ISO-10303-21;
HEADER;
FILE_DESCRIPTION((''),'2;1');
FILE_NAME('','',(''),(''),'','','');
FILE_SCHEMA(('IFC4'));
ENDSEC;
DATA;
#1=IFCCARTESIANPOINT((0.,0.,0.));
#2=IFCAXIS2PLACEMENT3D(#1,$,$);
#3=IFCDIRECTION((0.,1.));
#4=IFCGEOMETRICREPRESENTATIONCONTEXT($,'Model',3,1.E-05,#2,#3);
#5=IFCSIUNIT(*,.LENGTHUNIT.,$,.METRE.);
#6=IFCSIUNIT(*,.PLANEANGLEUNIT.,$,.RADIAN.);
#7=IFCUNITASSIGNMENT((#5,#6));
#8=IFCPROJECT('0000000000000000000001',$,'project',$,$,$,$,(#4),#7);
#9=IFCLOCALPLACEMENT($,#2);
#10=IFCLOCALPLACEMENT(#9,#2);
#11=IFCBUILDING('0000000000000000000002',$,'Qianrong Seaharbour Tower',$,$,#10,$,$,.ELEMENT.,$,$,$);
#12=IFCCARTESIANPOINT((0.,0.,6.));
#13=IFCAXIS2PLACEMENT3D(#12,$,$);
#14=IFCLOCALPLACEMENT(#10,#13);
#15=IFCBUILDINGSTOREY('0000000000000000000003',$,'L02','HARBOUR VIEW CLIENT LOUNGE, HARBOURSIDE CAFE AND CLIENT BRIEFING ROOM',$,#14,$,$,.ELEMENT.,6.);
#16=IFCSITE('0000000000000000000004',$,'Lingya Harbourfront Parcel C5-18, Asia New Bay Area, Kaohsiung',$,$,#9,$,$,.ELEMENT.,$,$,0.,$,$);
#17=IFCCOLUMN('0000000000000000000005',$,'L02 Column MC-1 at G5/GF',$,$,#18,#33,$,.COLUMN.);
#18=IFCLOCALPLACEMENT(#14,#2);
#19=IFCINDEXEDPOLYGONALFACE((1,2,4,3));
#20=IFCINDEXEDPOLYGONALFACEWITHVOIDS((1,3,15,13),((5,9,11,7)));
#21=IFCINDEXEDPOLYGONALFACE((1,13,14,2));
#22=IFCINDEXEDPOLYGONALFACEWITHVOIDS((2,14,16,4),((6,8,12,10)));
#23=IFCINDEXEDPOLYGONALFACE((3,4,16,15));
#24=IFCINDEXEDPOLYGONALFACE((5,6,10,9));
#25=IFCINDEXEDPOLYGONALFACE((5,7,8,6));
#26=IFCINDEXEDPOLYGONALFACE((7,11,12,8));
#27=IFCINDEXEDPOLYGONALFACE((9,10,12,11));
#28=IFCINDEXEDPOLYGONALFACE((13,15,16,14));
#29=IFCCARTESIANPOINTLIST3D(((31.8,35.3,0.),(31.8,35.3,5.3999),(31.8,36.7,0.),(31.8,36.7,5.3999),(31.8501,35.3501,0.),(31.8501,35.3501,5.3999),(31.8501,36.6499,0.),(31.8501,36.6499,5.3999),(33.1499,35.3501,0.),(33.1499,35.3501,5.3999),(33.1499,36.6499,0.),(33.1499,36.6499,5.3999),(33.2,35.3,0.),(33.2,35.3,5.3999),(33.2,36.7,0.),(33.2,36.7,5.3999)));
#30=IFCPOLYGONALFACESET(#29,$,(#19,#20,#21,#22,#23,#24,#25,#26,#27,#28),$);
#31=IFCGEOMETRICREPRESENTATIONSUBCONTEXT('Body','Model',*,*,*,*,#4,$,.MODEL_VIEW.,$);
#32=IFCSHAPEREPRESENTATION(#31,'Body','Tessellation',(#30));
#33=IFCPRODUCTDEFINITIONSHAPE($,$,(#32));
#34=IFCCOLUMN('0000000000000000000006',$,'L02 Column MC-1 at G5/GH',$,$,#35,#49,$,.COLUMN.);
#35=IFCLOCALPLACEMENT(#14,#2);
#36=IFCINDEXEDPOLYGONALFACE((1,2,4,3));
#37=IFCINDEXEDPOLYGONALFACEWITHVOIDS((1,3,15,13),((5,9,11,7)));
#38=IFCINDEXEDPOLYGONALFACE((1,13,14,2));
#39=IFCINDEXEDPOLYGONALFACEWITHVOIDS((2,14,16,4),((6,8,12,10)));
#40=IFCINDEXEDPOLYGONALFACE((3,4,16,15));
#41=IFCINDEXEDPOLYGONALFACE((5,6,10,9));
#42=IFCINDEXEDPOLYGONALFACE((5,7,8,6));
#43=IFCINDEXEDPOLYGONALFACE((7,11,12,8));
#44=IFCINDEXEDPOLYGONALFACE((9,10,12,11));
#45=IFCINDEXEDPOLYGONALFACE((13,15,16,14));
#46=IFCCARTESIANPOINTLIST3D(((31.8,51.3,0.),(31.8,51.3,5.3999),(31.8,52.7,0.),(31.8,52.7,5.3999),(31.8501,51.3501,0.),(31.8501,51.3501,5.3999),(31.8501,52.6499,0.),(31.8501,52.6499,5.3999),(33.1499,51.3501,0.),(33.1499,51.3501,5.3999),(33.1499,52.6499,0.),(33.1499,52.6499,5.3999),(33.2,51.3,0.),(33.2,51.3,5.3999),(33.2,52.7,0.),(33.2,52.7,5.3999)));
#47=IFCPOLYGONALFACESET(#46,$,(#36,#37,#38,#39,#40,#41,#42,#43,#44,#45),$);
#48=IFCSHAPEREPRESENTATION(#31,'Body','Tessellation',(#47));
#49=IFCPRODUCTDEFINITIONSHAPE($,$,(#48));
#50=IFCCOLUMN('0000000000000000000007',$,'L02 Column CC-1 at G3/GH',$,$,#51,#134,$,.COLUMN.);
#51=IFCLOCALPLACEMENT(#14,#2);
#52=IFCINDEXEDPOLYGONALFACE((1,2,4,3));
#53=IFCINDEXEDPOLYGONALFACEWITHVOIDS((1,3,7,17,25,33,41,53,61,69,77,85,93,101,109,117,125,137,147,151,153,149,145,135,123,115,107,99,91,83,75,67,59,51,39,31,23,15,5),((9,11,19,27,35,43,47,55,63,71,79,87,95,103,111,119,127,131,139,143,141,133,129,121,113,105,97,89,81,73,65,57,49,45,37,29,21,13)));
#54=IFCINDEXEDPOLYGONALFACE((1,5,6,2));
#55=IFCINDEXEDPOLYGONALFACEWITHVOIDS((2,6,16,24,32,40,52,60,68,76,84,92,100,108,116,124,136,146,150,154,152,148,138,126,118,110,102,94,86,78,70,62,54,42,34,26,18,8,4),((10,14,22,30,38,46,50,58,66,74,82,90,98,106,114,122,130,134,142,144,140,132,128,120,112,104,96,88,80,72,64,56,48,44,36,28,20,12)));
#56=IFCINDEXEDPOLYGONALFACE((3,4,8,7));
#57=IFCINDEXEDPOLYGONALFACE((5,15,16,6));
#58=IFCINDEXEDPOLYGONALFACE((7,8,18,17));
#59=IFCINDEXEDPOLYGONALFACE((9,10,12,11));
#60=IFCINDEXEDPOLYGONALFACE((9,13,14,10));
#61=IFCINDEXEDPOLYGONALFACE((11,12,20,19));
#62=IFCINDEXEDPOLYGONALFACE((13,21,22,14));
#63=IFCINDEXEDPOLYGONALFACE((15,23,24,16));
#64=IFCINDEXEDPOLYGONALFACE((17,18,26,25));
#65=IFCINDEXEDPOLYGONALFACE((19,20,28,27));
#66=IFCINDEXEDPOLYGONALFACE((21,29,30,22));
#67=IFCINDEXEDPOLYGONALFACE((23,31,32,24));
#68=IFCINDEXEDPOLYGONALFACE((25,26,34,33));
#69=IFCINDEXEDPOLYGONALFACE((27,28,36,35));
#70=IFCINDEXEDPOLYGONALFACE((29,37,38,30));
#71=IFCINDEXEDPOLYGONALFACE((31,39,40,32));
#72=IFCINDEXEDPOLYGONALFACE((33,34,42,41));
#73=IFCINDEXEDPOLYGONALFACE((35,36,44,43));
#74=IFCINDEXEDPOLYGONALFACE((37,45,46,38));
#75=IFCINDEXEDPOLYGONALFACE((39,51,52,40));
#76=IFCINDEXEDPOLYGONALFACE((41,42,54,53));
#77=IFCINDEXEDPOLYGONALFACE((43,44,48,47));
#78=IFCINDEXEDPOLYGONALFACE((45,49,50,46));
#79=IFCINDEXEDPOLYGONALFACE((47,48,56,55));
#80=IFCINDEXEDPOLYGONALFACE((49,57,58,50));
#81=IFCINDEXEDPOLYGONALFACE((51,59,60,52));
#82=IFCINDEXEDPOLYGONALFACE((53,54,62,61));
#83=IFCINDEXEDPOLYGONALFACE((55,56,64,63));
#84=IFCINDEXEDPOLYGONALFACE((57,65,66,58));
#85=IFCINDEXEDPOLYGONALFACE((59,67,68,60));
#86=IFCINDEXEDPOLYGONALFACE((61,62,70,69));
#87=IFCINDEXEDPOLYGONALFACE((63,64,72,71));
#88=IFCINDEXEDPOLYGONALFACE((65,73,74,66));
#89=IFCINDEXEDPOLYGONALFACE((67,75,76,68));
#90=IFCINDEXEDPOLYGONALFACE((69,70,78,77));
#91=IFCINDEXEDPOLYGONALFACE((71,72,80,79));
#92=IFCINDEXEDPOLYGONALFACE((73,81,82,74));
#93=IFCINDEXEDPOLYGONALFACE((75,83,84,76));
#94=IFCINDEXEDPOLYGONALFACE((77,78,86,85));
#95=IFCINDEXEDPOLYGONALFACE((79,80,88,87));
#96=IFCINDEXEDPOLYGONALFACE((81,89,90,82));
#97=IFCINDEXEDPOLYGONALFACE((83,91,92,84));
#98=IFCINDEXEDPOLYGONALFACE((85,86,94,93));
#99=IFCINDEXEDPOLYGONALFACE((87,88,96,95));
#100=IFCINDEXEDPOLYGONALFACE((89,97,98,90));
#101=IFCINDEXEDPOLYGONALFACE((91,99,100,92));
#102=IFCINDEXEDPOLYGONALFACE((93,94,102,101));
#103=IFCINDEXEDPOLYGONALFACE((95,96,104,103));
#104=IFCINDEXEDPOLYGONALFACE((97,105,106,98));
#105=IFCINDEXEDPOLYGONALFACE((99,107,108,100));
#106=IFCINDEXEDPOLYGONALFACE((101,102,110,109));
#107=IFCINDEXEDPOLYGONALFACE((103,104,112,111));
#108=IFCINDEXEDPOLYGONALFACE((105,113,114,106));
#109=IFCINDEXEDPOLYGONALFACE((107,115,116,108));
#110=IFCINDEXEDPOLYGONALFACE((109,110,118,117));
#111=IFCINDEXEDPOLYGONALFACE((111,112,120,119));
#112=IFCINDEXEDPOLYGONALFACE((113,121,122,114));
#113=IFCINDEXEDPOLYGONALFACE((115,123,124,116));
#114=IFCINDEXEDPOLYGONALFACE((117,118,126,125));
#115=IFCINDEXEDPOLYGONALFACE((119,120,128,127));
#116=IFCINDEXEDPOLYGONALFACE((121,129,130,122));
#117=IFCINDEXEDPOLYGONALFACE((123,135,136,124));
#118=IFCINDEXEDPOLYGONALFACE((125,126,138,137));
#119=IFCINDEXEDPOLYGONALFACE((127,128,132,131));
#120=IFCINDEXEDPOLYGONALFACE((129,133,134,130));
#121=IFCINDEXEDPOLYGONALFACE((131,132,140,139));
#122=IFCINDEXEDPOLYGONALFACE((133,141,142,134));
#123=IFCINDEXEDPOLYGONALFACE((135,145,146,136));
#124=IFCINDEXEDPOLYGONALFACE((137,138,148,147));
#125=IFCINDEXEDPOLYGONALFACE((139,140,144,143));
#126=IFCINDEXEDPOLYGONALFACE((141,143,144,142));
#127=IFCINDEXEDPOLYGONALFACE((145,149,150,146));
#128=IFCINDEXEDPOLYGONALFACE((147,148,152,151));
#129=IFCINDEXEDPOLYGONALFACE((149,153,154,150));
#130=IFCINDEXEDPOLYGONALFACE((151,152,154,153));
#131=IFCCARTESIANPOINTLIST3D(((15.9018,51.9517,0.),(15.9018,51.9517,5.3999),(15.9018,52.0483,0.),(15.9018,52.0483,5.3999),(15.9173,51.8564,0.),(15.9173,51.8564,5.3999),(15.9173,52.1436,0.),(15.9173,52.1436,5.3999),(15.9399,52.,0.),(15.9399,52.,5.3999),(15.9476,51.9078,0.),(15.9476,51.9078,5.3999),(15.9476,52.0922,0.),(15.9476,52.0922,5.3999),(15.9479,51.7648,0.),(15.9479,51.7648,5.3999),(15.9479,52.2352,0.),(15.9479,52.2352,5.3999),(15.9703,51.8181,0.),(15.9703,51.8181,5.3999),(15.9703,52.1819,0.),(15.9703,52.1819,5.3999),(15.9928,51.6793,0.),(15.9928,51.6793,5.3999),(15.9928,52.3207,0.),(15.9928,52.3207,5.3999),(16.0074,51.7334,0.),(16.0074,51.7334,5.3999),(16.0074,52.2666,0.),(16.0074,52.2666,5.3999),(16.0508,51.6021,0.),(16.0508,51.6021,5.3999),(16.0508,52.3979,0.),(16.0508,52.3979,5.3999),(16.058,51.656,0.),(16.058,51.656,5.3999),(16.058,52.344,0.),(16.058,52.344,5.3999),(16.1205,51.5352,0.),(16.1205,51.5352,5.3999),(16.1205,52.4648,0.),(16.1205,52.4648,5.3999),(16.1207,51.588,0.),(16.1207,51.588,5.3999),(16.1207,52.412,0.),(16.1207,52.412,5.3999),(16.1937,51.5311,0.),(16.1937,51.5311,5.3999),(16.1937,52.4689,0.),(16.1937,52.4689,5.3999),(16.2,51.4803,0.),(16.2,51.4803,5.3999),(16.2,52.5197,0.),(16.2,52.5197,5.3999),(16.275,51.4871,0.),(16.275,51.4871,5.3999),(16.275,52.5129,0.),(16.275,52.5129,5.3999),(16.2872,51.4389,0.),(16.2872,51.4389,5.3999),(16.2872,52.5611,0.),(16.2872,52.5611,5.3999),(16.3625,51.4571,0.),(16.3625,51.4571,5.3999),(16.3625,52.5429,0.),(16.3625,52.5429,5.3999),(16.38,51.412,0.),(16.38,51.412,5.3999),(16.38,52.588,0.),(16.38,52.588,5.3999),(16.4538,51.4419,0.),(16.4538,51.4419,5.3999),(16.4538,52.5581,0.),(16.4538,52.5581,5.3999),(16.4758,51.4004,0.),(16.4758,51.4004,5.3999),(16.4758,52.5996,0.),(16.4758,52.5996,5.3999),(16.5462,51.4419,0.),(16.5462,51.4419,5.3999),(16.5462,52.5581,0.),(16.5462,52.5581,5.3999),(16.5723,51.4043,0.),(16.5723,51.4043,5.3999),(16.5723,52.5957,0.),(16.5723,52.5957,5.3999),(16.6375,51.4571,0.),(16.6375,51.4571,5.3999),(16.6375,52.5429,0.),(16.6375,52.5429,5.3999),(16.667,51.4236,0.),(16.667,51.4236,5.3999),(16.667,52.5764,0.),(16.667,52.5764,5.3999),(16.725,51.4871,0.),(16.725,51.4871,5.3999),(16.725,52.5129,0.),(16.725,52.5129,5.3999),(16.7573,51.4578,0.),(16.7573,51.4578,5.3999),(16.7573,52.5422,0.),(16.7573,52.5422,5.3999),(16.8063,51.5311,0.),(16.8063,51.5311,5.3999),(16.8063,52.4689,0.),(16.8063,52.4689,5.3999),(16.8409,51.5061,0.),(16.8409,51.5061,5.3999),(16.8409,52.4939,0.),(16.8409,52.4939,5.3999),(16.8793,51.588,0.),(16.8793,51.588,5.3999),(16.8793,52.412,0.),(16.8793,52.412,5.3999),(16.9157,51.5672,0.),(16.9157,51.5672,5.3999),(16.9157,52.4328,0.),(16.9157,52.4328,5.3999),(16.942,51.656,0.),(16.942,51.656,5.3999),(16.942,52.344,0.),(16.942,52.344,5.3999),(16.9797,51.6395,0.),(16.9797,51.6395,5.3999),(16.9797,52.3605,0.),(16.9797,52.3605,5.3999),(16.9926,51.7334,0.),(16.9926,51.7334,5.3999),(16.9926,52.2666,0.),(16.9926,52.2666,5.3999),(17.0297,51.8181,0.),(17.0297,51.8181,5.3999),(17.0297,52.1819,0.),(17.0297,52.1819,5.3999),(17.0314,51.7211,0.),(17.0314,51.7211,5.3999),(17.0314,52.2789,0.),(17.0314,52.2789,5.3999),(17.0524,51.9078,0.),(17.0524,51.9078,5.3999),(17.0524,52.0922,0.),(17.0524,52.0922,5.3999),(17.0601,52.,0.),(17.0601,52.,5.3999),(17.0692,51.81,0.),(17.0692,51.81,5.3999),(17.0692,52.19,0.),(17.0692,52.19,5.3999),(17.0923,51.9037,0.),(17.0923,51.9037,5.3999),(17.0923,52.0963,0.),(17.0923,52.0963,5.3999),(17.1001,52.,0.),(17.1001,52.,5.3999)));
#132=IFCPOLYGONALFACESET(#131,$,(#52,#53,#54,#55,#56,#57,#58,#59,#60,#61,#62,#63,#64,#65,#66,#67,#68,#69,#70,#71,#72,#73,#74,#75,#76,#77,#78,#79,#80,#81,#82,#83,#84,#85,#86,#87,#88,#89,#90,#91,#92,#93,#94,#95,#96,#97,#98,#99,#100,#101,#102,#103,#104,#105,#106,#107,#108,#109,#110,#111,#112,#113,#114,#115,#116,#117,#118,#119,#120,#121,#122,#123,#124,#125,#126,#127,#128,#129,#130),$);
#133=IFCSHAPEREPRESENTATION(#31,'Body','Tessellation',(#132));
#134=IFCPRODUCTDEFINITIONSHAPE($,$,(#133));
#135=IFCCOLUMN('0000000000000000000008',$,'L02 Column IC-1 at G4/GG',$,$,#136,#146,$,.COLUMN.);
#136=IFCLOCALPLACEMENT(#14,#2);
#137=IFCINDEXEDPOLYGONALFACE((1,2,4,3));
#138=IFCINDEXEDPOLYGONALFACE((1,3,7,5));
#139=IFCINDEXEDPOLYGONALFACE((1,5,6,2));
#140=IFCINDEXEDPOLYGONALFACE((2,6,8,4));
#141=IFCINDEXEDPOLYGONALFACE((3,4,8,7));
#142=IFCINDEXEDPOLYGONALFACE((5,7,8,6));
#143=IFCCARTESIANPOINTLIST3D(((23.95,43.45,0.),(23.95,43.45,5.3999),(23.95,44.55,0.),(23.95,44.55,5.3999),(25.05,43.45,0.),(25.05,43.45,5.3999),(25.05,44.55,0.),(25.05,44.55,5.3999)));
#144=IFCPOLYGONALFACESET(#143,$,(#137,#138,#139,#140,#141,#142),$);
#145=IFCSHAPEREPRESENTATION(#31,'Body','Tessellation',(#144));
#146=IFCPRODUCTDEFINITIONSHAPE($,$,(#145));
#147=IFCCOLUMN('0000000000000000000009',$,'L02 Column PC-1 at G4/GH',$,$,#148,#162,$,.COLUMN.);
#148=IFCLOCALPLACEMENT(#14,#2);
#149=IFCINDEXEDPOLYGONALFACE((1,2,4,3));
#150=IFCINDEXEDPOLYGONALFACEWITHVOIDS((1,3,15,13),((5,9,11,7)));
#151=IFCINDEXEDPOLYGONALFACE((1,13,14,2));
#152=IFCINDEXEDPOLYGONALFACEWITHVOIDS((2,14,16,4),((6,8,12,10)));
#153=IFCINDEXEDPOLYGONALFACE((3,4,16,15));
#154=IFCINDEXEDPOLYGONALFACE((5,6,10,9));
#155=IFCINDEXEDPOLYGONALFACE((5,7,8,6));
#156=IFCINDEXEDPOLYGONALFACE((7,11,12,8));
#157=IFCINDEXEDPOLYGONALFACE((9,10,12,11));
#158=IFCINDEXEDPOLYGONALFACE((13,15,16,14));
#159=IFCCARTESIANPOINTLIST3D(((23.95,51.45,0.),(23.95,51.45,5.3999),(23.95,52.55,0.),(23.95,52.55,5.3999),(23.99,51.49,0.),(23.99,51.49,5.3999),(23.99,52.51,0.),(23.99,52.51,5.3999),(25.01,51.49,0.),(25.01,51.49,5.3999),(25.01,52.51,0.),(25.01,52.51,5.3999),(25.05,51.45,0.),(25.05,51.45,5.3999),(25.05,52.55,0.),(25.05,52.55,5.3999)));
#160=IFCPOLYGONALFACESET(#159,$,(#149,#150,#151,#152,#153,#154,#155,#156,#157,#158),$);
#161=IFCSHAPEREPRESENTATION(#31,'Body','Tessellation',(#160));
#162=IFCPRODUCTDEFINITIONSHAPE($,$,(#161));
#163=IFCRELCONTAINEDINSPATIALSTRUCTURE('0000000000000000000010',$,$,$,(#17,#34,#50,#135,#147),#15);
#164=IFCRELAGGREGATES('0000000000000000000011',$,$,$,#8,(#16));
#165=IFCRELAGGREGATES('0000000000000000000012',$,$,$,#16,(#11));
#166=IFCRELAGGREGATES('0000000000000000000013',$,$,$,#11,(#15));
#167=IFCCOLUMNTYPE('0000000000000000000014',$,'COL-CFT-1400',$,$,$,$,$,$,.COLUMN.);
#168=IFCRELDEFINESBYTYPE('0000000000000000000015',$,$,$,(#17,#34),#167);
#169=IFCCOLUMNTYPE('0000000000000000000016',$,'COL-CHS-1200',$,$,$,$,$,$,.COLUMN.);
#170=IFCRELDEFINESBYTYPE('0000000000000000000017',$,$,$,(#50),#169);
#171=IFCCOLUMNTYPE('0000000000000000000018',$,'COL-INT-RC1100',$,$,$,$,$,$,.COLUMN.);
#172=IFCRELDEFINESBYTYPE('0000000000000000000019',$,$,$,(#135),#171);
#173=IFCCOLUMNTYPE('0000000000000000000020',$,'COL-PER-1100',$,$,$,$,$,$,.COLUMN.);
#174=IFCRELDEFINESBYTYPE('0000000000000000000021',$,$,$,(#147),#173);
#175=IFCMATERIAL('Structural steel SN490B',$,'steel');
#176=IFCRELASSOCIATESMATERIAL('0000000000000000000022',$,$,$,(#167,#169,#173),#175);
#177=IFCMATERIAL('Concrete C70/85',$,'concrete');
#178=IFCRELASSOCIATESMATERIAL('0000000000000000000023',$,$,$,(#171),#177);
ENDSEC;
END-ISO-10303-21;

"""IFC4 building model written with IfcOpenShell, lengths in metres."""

from ifc_helpers import new_model, si_unit, direction, frame, origin, origin_2d, place, context, subcontext, project, spatial, rectangle, hollow_rectangle, hollow_circle, extrude, material, material_profile, profile_set, type_object, element, save


model = new_model("IFC4")

# Units and contexts
model_context = context("Model", 3, precision=1e-05, world=origin(), true_north=direction((0.0, 1.0)))
body_context = subcontext(model_context, "Body", "Model", "MODEL_VIEW")
ifc_project = project(units=[si_unit("LENGTHUNIT", "METRE"), si_unit("PLANEANGLEUNIT", "RADIAN")], contexts=[model_context])

# Site, building, storey
site_placement = place(None, origin())
site = spatial("IfcSite", under=ifc_project, at=site_placement, Name="Lingya Harbourfront Parcel C5-18, Asia New Bay Area, Kaohsiung", CompositionType="ELEMENT", RefElevation=0.0)
building_placement = place(site_placement, origin())
building = spatial("IfcBuilding", under=site, at=building_placement, Name="Qianrong Seaharbour Tower", CompositionType="ELEMENT")
storey_placement = place(building_placement, frame((0.0, 0.0, 6.0)))
storey = spatial("IfcBuildingStorey", under=building, at=storey_placement, Name="L02", Description="HARBOUR VIEW CLIENT LOUNGE, HARBOURSIDE CAFE AND CLIENT BRIEFING ROOM", CompositionType="ELEMENT", Elevation=6.0)

# Columns
ifc_material_1 = material(Name="Structural steel SN490B", Category="steel")
ifc_material_profile_1 = material_profile(ifc_material_1, hollow_rectangle(XDim=1.3999, YDim=1.3999, WallThickness=0.05, at=origin_2d()), Name="BOX1400x1400x50")
ifc_profile_set_1 = profile_set([ifc_material_profile_1], Name="Structural steel SN490B")
column_type_1 = type_object("IfcColumnType", Name="COL-CFT-1400", PredefinedType="COLUMN", material=ifc_profile_set_1)
for number, where, z_axis, x_axis, name in (
    (1, (32.5, 36.0, 0.0), (0.0, 0.0, 1.0), (1.0, 0.0, 0.0), "L02 Column MC-1 at G5/GF"),
    (2, (32.5, 52.0, 0.0), (0.0, 0.0, 1.0), (1.0, 0.0, 0.0), "L02 Column MC-1 at G5/GH"),
):
    element("IfcColumn", number, at=place(storey_placement, frame(where, z_axis=z_axis, x_axis=x_axis)), inside=storey, type_object=column_type_1, Name=name, PredefinedType="COLUMN", context=body_context, shape_type="SweptSolid", body=[
        extrude(hollow_rectangle(XDim=1.3999, YDim=1.3999, WallThickness=0.05, at=origin_2d()), origin(), (0.0, 0.0, 1.0), 5.3999),
    ])
ifc_material_profile_2 = material_profile(ifc_material_1, hollow_circle(Radius=0.6001, WallThickness=0.04, at=origin_2d()), Name="CHS1200x40")
ifc_profile_set_2 = profile_set([ifc_material_profile_2], Name="Structural steel SN490B")
column_type_2 = type_object("IfcColumnType", Name="COL-CHS-1200", PredefinedType="COLUMN", material=ifc_profile_set_2)
column_1_placement = place(storey_placement, frame((16.5, 52.0, 0.0), z_axis=(0.0, 0.0, 1.0), x_axis=(1.0, 0.0, 0.0)))
element("IfcColumn", 3, at=column_1_placement, inside=storey, type_object=column_type_2, Name="L02 Column CC-1 at G3/GH", PredefinedType="COLUMN", context=body_context, shape_type="SweptSolid", body=[
    extrude(hollow_circle(Radius=0.6001, WallThickness=0.04, at=origin_2d()), origin(), (0.0, 0.0, 1.0), 5.3999),
])
ifc_material_2 = material(Name="Concrete C70/85", Category="concrete")
ifc_material_profile_3 = material_profile(ifc_material_2, rectangle(XDim=1.1001, YDim=1.1001, at=origin_2d()), Name="RC1100x1100")
ifc_profile_set_3 = profile_set([ifc_material_profile_3], Name="Concrete C70/85")
column_type_3 = type_object("IfcColumnType", Name="COL-INT-RC1100", PredefinedType="COLUMN", material=ifc_profile_set_3)
column_2_placement = place(storey_placement, frame((24.5, 44.0, 0.0), z_axis=(0.0, 0.0, 1.0), x_axis=(1.0, 0.0, 0.0)))
element("IfcColumn", 4, at=column_2_placement, inside=storey, type_object=column_type_3, Name="L02 Column IC-1 at G4/GG", PredefinedType="COLUMN", context=body_context, shape_type="SweptSolid", body=[
    extrude(rectangle(XDim=1.1001, YDim=1.1001, at=origin_2d()), origin(), (0.0, 0.0, 1.0), 5.3999),
])
ifc_material_profile_4 = material_profile(ifc_material_1, hollow_rectangle(XDim=1.1001, YDim=1.1001, WallThickness=0.04, at=origin_2d()), Name="BOX1100x1100x40")
ifc_profile_set_4 = profile_set([ifc_material_profile_4], Name="Structural steel SN490B")
column_type_4 = type_object("IfcColumnType", Name="COL-PER-1100", PredefinedType="COLUMN", material=ifc_profile_set_4)
column_3_placement = place(storey_placement, frame((24.5, 52.0, 0.0), z_axis=(0.0, 0.0, 1.0), x_axis=(1.0, 0.0, 0.0)))
element("IfcColumn", 5, at=column_3_placement, inside=storey, type_object=column_type_4, Name="L02 Column PC-1 at G4/GH", PredefinedType="COLUMN", context=body_context, shape_type="SweptSolid", body=[
    extrude(hollow_rectangle(XDim=1.1001, YDim=1.1001, WallThickness=0.04, at=origin_2d()), origin(), (0.0, 0.0, 1.0), 5.3999),
])

save(model, "model.ifc")
